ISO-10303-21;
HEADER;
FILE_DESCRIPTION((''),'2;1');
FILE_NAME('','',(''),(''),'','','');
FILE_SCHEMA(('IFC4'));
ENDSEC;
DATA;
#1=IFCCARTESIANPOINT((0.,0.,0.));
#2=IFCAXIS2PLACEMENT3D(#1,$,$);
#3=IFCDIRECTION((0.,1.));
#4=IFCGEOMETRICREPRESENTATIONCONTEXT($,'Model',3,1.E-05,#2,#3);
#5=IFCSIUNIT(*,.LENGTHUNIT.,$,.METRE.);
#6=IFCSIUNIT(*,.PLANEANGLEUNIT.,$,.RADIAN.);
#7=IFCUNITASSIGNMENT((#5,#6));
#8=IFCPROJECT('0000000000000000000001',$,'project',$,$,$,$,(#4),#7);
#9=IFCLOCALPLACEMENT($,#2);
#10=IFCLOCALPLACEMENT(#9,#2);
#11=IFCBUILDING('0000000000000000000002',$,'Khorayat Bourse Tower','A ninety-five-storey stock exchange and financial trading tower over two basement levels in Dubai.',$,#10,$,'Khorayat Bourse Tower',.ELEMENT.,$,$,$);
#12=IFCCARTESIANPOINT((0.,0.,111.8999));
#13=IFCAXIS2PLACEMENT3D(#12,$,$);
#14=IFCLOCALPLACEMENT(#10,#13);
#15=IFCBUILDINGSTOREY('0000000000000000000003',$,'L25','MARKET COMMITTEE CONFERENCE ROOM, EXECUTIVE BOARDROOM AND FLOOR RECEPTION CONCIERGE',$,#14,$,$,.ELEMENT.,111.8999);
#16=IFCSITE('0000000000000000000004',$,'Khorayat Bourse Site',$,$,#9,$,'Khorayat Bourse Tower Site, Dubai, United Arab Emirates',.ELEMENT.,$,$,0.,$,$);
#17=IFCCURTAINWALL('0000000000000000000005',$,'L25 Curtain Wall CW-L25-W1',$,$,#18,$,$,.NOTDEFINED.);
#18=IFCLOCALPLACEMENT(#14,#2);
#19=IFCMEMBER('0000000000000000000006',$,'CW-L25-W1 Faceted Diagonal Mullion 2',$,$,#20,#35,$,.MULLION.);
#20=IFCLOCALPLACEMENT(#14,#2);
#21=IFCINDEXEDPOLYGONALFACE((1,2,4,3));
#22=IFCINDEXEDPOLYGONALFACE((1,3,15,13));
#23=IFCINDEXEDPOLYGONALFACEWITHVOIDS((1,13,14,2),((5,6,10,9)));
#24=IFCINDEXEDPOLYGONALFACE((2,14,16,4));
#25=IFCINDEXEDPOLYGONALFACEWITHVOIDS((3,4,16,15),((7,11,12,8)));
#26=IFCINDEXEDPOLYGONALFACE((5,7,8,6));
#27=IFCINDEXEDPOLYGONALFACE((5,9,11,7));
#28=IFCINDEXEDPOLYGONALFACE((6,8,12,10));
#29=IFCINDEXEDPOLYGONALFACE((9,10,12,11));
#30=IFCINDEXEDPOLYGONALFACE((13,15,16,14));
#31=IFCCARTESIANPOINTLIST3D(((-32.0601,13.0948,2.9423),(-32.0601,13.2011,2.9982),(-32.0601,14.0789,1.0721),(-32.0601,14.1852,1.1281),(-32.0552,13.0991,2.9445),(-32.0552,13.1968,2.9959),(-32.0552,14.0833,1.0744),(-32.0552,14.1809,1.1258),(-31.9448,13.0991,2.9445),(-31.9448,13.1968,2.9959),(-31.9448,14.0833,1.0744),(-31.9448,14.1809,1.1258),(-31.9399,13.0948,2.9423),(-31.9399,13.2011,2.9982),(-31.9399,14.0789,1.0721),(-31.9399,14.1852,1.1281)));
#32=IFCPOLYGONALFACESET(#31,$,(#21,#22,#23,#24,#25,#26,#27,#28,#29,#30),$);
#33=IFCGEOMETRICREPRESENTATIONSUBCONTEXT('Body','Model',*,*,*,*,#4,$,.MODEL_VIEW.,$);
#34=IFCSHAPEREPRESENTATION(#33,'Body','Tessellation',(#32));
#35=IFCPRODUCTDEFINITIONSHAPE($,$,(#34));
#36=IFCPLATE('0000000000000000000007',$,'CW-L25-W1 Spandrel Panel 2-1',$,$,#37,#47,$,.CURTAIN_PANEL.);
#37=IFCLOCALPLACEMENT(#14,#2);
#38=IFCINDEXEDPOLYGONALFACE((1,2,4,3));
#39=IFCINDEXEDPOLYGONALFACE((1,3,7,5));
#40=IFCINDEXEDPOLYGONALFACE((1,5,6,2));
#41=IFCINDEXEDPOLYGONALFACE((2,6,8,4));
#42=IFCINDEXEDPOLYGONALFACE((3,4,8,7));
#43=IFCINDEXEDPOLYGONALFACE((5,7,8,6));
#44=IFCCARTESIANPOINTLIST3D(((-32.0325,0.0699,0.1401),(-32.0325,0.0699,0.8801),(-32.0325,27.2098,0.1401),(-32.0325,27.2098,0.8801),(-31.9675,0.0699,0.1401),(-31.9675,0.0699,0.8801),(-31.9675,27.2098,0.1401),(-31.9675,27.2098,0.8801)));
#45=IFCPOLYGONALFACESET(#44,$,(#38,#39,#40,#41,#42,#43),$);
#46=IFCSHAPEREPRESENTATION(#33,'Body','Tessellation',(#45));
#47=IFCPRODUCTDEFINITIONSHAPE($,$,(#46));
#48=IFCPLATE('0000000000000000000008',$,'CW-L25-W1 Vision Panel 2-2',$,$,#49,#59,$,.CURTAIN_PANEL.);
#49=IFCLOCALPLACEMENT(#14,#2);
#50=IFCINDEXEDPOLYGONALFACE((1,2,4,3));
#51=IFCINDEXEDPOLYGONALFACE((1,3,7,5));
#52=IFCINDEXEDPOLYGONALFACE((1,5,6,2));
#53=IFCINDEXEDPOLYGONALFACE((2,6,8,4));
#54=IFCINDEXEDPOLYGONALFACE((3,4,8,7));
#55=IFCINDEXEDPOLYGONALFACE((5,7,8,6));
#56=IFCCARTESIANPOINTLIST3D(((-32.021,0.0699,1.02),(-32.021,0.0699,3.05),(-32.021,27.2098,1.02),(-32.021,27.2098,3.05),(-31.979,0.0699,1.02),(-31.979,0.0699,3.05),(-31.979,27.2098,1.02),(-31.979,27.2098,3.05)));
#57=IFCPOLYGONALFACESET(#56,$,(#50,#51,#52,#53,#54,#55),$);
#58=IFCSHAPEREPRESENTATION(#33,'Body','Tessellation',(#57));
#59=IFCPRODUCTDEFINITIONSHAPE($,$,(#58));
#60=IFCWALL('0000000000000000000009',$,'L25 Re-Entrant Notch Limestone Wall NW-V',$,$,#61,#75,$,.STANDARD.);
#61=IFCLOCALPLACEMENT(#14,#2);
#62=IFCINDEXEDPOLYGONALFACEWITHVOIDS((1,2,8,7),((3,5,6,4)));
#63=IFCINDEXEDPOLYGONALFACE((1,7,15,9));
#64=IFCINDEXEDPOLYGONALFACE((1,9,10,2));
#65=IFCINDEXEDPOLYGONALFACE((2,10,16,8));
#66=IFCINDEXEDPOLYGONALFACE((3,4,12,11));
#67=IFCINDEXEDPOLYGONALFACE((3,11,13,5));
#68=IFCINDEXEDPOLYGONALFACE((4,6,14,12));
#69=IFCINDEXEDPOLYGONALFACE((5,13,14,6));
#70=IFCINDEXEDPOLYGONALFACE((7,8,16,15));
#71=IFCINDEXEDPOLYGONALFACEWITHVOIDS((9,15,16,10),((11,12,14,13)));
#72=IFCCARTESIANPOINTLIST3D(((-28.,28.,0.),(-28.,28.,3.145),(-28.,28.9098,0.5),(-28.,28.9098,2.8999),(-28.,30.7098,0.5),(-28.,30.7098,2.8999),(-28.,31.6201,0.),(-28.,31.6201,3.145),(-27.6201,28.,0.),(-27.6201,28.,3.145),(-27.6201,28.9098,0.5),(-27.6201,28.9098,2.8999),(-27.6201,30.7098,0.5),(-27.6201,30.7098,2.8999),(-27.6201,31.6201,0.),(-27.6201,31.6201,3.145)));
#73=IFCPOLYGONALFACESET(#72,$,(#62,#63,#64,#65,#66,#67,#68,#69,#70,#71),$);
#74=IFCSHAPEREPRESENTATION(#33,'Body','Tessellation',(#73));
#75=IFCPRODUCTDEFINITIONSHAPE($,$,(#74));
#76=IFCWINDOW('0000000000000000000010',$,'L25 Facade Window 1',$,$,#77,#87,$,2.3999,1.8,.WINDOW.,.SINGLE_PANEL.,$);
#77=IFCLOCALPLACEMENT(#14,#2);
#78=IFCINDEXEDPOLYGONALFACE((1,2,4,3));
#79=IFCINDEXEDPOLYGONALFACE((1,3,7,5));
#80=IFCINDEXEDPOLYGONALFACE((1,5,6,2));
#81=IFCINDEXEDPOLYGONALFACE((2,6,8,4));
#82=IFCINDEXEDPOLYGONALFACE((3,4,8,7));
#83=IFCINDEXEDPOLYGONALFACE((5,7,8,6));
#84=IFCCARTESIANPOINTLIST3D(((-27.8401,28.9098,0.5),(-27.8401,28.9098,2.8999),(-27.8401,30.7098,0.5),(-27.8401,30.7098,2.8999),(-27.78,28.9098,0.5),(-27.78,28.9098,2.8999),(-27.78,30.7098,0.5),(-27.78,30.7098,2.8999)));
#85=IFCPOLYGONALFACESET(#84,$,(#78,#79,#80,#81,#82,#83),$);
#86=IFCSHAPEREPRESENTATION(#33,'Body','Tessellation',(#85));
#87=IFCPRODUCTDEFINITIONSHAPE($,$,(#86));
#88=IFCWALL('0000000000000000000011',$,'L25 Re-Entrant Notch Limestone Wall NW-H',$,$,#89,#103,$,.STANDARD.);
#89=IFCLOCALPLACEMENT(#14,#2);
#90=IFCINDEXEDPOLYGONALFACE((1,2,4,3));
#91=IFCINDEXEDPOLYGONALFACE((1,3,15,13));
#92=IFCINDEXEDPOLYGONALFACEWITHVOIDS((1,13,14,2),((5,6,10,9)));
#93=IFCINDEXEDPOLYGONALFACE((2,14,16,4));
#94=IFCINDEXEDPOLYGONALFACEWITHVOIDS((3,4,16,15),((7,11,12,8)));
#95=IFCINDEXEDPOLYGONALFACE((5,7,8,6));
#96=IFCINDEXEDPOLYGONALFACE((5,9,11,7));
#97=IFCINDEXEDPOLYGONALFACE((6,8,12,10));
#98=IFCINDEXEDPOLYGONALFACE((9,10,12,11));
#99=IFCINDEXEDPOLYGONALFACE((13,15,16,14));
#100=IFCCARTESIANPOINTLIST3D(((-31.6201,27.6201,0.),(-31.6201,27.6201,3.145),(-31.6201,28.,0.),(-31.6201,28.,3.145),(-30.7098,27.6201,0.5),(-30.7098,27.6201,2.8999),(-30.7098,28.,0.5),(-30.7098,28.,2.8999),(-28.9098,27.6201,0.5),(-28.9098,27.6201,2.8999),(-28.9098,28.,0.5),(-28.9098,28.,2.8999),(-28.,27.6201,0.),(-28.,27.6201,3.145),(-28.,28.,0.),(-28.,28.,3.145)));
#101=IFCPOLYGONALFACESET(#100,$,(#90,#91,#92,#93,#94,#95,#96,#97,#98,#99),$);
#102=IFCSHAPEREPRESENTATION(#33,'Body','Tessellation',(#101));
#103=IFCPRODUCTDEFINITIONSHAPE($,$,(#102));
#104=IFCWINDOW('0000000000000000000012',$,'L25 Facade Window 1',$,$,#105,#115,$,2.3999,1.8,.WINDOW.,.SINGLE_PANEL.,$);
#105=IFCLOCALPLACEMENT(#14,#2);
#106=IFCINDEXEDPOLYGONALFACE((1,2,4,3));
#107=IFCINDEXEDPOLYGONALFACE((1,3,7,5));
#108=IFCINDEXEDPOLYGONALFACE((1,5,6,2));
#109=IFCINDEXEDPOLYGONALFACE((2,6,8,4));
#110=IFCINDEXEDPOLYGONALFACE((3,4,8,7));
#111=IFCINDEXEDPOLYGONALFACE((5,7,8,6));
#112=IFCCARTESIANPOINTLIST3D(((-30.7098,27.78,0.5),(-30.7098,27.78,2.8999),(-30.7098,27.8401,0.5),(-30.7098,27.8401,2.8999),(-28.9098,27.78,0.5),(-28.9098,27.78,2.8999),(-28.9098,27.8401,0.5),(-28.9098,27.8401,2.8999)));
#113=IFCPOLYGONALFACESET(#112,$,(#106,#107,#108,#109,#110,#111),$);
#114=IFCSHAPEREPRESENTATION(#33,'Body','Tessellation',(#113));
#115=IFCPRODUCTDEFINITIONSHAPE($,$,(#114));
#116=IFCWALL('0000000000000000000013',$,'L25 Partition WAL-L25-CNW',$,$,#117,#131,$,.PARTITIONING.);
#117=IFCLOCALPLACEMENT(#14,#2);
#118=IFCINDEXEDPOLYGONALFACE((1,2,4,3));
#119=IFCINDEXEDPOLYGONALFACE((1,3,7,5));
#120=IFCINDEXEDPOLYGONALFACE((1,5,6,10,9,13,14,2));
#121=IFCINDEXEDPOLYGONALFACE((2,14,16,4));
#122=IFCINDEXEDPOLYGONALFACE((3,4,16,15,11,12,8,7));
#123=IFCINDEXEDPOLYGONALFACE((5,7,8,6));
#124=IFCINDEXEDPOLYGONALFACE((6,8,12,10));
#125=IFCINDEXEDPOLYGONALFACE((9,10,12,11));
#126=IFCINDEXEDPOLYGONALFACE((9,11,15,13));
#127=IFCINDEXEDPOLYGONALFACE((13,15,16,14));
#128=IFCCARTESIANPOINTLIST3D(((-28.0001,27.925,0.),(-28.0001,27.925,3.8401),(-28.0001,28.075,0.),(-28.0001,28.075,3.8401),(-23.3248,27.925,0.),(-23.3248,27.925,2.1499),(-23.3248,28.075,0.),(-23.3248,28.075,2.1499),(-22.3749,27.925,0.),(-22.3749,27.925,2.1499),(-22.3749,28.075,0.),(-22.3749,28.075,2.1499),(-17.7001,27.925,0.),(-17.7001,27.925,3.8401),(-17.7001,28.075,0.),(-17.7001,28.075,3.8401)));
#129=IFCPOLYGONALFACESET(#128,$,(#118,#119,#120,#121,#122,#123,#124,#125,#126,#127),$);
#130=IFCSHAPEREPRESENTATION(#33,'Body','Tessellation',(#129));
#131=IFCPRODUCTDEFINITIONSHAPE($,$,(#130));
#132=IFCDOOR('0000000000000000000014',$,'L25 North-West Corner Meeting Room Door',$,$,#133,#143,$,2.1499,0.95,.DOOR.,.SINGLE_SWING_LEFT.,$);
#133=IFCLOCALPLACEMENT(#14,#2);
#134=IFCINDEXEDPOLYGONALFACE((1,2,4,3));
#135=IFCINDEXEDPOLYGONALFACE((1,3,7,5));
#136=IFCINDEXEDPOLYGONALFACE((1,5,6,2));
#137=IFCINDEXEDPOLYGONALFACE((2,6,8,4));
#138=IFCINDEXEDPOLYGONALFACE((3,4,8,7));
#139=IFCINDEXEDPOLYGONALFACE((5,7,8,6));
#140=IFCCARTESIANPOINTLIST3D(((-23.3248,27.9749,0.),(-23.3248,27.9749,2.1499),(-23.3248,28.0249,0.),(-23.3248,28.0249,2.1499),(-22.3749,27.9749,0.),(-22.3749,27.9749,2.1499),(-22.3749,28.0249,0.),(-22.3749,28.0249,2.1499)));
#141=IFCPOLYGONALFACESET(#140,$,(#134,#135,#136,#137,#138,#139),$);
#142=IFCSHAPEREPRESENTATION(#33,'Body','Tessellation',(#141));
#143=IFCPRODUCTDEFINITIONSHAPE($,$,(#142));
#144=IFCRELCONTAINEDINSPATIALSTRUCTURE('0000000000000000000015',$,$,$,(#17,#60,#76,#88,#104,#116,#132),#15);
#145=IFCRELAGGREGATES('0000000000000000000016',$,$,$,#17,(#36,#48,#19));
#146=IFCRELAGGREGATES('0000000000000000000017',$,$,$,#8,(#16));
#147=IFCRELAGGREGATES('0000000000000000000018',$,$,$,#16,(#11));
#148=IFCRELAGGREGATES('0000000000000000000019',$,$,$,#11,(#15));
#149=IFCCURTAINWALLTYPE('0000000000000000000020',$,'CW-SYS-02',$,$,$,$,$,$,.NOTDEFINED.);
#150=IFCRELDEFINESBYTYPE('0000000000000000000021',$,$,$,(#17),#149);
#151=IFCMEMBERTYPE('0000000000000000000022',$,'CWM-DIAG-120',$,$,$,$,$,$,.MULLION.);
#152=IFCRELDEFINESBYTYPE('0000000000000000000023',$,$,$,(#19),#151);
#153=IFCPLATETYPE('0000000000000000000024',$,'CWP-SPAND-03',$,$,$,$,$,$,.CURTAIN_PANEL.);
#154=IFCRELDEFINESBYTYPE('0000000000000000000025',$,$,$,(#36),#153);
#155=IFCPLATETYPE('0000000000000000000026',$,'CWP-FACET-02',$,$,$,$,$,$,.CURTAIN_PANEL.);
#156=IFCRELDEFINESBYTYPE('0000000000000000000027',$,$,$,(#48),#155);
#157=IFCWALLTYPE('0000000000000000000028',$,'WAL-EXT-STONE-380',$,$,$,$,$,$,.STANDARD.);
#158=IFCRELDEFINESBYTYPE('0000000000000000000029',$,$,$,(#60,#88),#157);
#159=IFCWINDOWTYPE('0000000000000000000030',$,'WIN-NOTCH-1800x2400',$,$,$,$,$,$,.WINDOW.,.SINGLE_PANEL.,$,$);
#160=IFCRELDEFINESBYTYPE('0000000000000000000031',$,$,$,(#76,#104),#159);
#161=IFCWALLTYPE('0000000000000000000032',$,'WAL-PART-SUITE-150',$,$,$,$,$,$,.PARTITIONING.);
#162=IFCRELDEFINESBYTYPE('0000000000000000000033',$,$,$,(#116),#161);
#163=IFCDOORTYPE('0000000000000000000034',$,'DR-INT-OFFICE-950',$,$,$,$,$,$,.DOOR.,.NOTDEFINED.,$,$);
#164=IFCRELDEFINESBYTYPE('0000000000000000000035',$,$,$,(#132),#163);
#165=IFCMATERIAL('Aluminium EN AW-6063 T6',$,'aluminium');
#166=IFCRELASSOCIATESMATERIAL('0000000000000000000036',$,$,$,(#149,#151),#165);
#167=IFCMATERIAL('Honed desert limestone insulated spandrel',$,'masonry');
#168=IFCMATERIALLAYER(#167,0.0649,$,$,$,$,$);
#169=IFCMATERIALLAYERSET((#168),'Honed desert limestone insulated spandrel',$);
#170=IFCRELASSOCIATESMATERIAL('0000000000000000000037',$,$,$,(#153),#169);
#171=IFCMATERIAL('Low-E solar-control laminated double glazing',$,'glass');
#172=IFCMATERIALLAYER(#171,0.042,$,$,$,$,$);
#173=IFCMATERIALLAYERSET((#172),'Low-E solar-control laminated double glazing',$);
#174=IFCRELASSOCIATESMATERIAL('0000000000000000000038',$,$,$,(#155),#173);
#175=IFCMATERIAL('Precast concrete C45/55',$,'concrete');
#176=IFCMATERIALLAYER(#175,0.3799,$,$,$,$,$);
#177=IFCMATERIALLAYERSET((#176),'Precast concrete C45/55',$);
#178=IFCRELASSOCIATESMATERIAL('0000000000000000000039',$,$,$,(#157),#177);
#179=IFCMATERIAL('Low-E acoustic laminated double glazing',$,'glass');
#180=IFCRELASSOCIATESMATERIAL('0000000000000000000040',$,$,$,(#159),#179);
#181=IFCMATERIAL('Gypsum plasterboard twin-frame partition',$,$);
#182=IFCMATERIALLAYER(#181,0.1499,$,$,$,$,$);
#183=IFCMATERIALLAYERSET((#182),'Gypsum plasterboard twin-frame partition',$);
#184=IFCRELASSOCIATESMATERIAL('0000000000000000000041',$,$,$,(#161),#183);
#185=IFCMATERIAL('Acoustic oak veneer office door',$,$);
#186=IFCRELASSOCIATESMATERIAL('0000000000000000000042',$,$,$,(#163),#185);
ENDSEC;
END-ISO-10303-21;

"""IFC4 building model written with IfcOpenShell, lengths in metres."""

from ifc_helpers import new_model, si_unit, direction, frame, frame_2d, origin, origin_2d, place, context, subcontext, project, spatial, rectangle, hollow_rectangle, extrude, source, transform, mapped, material, layer, layer_set, material_profile, profile_set, type_object, element, fill, aggregate, save


model = new_model("IFC4")

# Units and contexts
model_context = context("Model", 3, precision=1e-05, world=origin(), true_north=direction((0.0, 1.0)))
body_context = subcontext(model_context, "Body", "Model", "MODEL_VIEW")
ifc_project = project(units=[si_unit("LENGTHUNIT", "METRE"), si_unit("PLANEANGLEUNIT", "RADIAN")], contexts=[model_context])

# Site, building, storey
site_placement = place(None, origin())
site = spatial("IfcSite", under=ifc_project, at=site_placement, Name="Khorayat Bourse Site", LongName="Khorayat Bourse Tower Site, Dubai, United Arab Emirates", CompositionType="ELEMENT", RefElevation=0.0)
building_placement = place(site_placement, origin())
building = spatial("IfcBuilding", under=site, at=building_placement, Name="Khorayat Bourse Tower", Description="A ninety-five-storey stock exchange and financial trading tower over two basement levels in Dubai.", LongName="Khorayat Bourse Tower", CompositionType="ELEMENT")
storey_placement = place(building_placement, frame((0.0, 0.0, 111.8999)))
storey = spatial("IfcBuildingStorey", under=building, at=storey_placement, Name="L25", Description="MARKET COMMITTEE CONFERENCE ROOM, EXECUTIVE BOARDROOM AND FLOOR RECEPTION CONCIERGE", CompositionType="ELEMENT", Elevation=111.8999)

# Curtain wall
ifc_material_1 = material(Name="Aluminium EN AW-6063 T6", Category="aluminium")
curtain_wall_type = type_object("IfcCurtainWallType", Name="CW-SYS-02", PredefinedType="NOTDEFINED", material=ifc_material_1)
curtain_wall_1_placement = place(storey_placement, origin())
curtain_wall_1 = element("IfcCurtainWall", 1, at=curtain_wall_1_placement, inside=storey, type_object=curtain_wall_type, Name="L25 Curtain Wall CW-L25-W1", PredefinedType="NOTDEFINED")

# Member
ifc_material_profile_1 = material_profile(ifc_material_1, hollow_rectangle(XDim=0.1201, YDim=0.1201, WallThickness=0.0049, at=origin_2d()), Name="ALU 120x120x5")
ifc_profile_set_1 = profile_set([ifc_material_profile_1], Name="Aluminium EN AW-6063 T6")
member_type_1 = type_object("IfcMemberType", Name="CWM-DIAG-120", PredefinedType="MULLION", material=ifc_profile_set_1)
shared_shape_1 = source(origin(), body_context, "Body", "SweptSolid", [
    extrude(hollow_rectangle(XDim=0.1201, YDim=0.1201, WallThickness=0.0049, at=origin_2d()), origin(), (0.0, 0.0, 1.0), 2.1133),
])
member_1_placement = place(storey_placement, frame((-32.0, 14.1321, 1.1001), z_axis=(0.0, -0.465694, 0.884946), x_axis=(1.0, 0.0, 0.0)))
member_1 = element("IfcMember", 2, at=member_1_placement, type_object=member_type_1, Name="CW-L25-W1 Faceted Diagonal Mullion 2", PredefinedType="MULLION", context=body_context, shape_type="MappedRepresentation", body=[
    mapped(shared_shape_1, transform((0.0, 0.0, 0.0), scale=1.0)),
])

# Plates
ifc_material_2 = material(Name="Honed desert limestone insulated spandrel", Category="masonry")
ifc_layer_1 = layer(ifc_material_2, 0.0649)
ifc_layer_set_1 = layer_set([ifc_layer_1], Name="Honed desert limestone insulated spandrel")
plate_type_1 = type_object("IfcPlateType", Name="CWP-SPAND-03", PredefinedType="CURTAIN_PANEL", material=ifc_layer_set_1)
shared_shape_2 = source(origin(), body_context, "Body", "SweptSolid", [
    extrude(rectangle(XDim=27.1399, YDim=0.0649, at=origin_2d()), origin(), (0.0, 0.0, 1.0), 0.74),
])
plate_1_placement = place(storey_placement, frame((-32.0, 13.6399, 0.1401), z_axis=(0.0, 0.0, 1.0), x_axis=(0.0, 1.0, 0.0)))
plate_1 = element("IfcPlate", 3, at=plate_1_placement, type_object=plate_type_1, Name="CW-L25-W1 Spandrel Panel 2-1", PredefinedType="CURTAIN_PANEL", context=body_context, shape_type="MappedRepresentation", body=[
    mapped(shared_shape_2, transform((0.0, 0.0, 0.0), scale=1.0)),
])
ifc_material_3 = material(Name="Low-E solar-control laminated double glazing", Category="glass")
ifc_layer_2 = layer(ifc_material_3, 0.042)
ifc_layer_set_2 = layer_set([ifc_layer_2], Name="Low-E solar-control laminated double glazing")
plate_type_2 = type_object("IfcPlateType", Name="CWP-FACET-02", PredefinedType="CURTAIN_PANEL", material=ifc_layer_set_2)
shared_shape_3 = source(origin(), body_context, "Body", "SweptSolid", [
    extrude(rectangle(XDim=27.1399, YDim=0.042, at=origin_2d()), origin(), (0.0, 0.0, 1.0), 2.03),
])
plate_2_placement = place(storey_placement, frame((-32.0, 13.6399, 1.02), z_axis=(0.0, 0.0, 1.0), x_axis=(0.0, 1.0, 0.0)))
plate_2 = element("IfcPlate", 4, at=plate_2_placement, type_object=plate_type_2, Name="CW-L25-W1 Vision Panel 2-2", PredefinedType="CURTAIN_PANEL", context=body_context, shape_type="MappedRepresentation", body=[
    mapped(shared_shape_3, transform((0.0, 0.0, 0.0), scale=1.0)),
])
aggregate(curtain_wall_1, [plate_1, plate_2, member_1])

# Walls, openings, windows
ifc_material_4 = material(Name="Precast concrete C45/55", Category="concrete")
ifc_layer_3 = layer(ifc_material_4, 0.3799)
ifc_layer_set_3 = layer_set([ifc_layer_3], Name="Precast concrete C45/55")
wall_type_1 = type_object("IfcWallType", Name="WAL-EXT-STONE-380", PredefinedType="STANDARD", material=ifc_layer_set_3)
shared_shape_4 = source(origin(), body_context, "Body", "SweptSolid", [
    extrude(rectangle(XDim=3.6201, YDim=0.3799, at=frame_2d((1.8101, 0.0))), origin(), (0.0, 0.0, 1.0), 3.145),
])
wall_1_placement = place(storey_placement, frame((-27.8101, 28.0, 0.0), z_axis=(0.0, 0.0, 1.0), x_axis=(0.0, 1.0, 0.0)))
wall_1 = element("IfcWall", 5, at=wall_1_placement, inside=storey, type_object=wall_type_1, Name="L25 Re-Entrant Notch Limestone Wall NW-V", PredefinedType="STANDARD", context=body_context, shape_type="MappedRepresentation", body=[
    mapped(shared_shape_4, transform((0.0, 0.0, 0.0), scale=1.0)),
])
shared_shape_5 = source(origin(), body_context, "Body", "SweptSolid", [
    extrude(rectangle(XDim=1.8, YDim=2.3999, at=frame_2d((0.8999, 1.2))), frame((0.0, 0.2, 0.0), z_axis=(0.0, -1.0, 0.0), x_axis=(1.0, 0.0, 0.0)), (0.0, 0.0, 1.0), 0.3999),
])
opening_1_placement = place(wall_1_placement, frame((0.9099, 0.0, 0.5)))
opening_1 = element("IfcOpeningElement", 6, at=opening_1_placement, cuts=wall_1, PredefinedType="OPENING", context=body_context, shape_type="MappedRepresentation", body=[
    mapped(shared_shape_5, transform((0.0, 0.0, 0.0), scale=1.0)),
])
ifc_material_5 = material(Name="Low-E acoustic laminated double glazing", Category="glass")
window_type = type_object("IfcWindowType", Name="WIN-NOTCH-1800x2400", PartitioningType="SINGLE_PANEL", PredefinedType="WINDOW", material=ifc_material_5)
shared_shape_6 = source(origin(), body_context, "Body", "SweptSolid", [
    extrude(rectangle(XDim=1.8, YDim=2.3999, at=frame_2d((0.8999, 1.2))), frame((0.0, 0.03, 0.0), z_axis=(0.0, -1.0, 0.0), x_axis=(1.0, 0.0, 0.0)), (0.0, 0.0, 1.0), 0.0601),
])
window_1_placement = place(opening_1_placement, origin())
window_1 = element("IfcWindow", 7, at=window_1_placement, inside=storey, type_object=window_type, Name="L25 Facade Window 1", OverallHeight=2.3999, OverallWidth=1.8, PartitioningType="SINGLE_PANEL", PredefinedType="WINDOW", context=body_context, shape_type="MappedRepresentation", body=[
    mapped(shared_shape_6, transform((0.0, 0.0, 0.0), scale=1.0)),
])
fill(opening_1, window_1)
wall_2_placement = place(storey_placement, frame((-28.0, 27.8101, 0.0), z_axis=(0.0, 0.0, 1.0), x_axis=(-1.0, 0.0, 0.0)))
wall_2 = element("IfcWall", 8, at=wall_2_placement, inside=storey, type_object=wall_type_1, Name="L25 Re-Entrant Notch Limestone Wall NW-H", PredefinedType="STANDARD", context=body_context, shape_type="MappedRepresentation", body=[
    mapped(shared_shape_4, transform((0.0, 0.0, 0.0), scale=1.0)),
])
opening_2_placement = place(wall_2_placement, frame((0.9099, 0.0, 0.5)))
opening_2 = element("IfcOpeningElement", 9, at=opening_2_placement, cuts=wall_2, PredefinedType="OPENING", context=body_context, shape_type="MappedRepresentation", body=[
    mapped(shared_shape_5, transform((0.0, 0.0, 0.0), scale=1.0)),
])
window_2_placement = place(opening_2_placement, origin())
window_2 = element("IfcWindow", 10, at=window_2_placement, inside=storey, type_object=window_type, Name="L25 Facade Window 1", OverallHeight=2.3999, OverallWidth=1.8, PartitioningType="SINGLE_PANEL", PredefinedType="WINDOW", context=body_context, shape_type="MappedRepresentation", body=[
    mapped(shared_shape_6, transform((0.0, 0.0, 0.0), scale=1.0)),
])
fill(opening_2, window_2)

# Wall, opening, door
ifc_material_6 = material(Name="Gypsum plasterboard twin-frame partition")
ifc_layer_4 = layer(ifc_material_6, 0.1499)
ifc_layer_set_4 = layer_set([ifc_layer_4], Name="Gypsum plasterboard twin-frame partition")
wall_type_2 = type_object("IfcWallType", Name="WAL-PART-SUITE-150", PredefinedType="PARTITIONING", material=ifc_layer_set_4)
shared_shape_7 = source(origin(), body_context, "Body", "SweptSolid", [
    extrude(rectangle(XDim=10.3, YDim=0.1499, at=frame_2d((5.1499, 0.0))), origin(), (0.0, 0.0, 1.0), 3.8401),
])
wall_3_placement = place(storey_placement, frame((-28.0, 28.0, 0.0), z_axis=(0.0, 0.0, 1.0), x_axis=(1.0, 0.0, 0.0)))
wall_3 = element("IfcWall", 11, at=wall_3_placement, inside=storey, type_object=wall_type_2, Name="L25 Partition WAL-L25-CNW", PredefinedType="PARTITIONING", context=body_context, shape_type="MappedRepresentation", body=[
    mapped(shared_shape_7, transform((0.0, 0.0, 0.0), scale=1.0)),
])
shared_shape_8 = source(origin(), body_context, "Body", "SweptSolid", [
    extrude(rectangle(XDim=0.95, YDim=2.1499, at=frame_2d((0.4751, 1.075))), frame((0.0, 0.085, 0.0), z_axis=(0.0, -1.0, 0.0), x_axis=(1.0, 0.0, 0.0)), (0.0, 0.0, 1.0), 0.1699),
])
opening_3_placement = place(wall_3_placement, frame((4.675, 0.0, 0.0)))
opening_3 = element("IfcOpeningElement", 12, at=opening_3_placement, cuts=wall_3, PredefinedType="OPENING", context=body_context, shape_type="MappedRepresentation", body=[
    mapped(shared_shape_8, transform((0.0, 0.0, 0.0), scale=1.0)),
])
ifc_material_7 = material(Name="Acoustic oak veneer office door")
door_type = type_object("IfcDoorType", Name="DR-INT-OFFICE-950", OperationType="NOTDEFINED", PredefinedType="DOOR", material=ifc_material_7)
shared_shape_9 = source(origin(), body_context, "Body", "SweptSolid", [
    extrude(rectangle(XDim=0.95, YDim=2.1499, at=frame_2d((0.4751, 1.075))), frame((0.0, 0.0249, 0.0), z_axis=(0.0, -1.0, 0.0), x_axis=(1.0, 0.0, 0.0)), (0.0, 0.0, 1.0), 0.05),
])
door_placement = place(opening_3_placement, origin())
door = element("IfcDoor", 13, at=door_placement, inside=storey, type_object=door_type, Name="L25 North-West Corner Meeting Room Door", OperationType="SINGLE_SWING_LEFT", OverallHeight=2.1499, OverallWidth=0.95, PredefinedType="DOOR", context=body_context, shape_type="MappedRepresentation", body=[
    mapped(shared_shape_9, transform((0.0, 0.0, 0.0), scale=1.0)),
])
fill(opening_3, door)

save(model, "model.ifc")
